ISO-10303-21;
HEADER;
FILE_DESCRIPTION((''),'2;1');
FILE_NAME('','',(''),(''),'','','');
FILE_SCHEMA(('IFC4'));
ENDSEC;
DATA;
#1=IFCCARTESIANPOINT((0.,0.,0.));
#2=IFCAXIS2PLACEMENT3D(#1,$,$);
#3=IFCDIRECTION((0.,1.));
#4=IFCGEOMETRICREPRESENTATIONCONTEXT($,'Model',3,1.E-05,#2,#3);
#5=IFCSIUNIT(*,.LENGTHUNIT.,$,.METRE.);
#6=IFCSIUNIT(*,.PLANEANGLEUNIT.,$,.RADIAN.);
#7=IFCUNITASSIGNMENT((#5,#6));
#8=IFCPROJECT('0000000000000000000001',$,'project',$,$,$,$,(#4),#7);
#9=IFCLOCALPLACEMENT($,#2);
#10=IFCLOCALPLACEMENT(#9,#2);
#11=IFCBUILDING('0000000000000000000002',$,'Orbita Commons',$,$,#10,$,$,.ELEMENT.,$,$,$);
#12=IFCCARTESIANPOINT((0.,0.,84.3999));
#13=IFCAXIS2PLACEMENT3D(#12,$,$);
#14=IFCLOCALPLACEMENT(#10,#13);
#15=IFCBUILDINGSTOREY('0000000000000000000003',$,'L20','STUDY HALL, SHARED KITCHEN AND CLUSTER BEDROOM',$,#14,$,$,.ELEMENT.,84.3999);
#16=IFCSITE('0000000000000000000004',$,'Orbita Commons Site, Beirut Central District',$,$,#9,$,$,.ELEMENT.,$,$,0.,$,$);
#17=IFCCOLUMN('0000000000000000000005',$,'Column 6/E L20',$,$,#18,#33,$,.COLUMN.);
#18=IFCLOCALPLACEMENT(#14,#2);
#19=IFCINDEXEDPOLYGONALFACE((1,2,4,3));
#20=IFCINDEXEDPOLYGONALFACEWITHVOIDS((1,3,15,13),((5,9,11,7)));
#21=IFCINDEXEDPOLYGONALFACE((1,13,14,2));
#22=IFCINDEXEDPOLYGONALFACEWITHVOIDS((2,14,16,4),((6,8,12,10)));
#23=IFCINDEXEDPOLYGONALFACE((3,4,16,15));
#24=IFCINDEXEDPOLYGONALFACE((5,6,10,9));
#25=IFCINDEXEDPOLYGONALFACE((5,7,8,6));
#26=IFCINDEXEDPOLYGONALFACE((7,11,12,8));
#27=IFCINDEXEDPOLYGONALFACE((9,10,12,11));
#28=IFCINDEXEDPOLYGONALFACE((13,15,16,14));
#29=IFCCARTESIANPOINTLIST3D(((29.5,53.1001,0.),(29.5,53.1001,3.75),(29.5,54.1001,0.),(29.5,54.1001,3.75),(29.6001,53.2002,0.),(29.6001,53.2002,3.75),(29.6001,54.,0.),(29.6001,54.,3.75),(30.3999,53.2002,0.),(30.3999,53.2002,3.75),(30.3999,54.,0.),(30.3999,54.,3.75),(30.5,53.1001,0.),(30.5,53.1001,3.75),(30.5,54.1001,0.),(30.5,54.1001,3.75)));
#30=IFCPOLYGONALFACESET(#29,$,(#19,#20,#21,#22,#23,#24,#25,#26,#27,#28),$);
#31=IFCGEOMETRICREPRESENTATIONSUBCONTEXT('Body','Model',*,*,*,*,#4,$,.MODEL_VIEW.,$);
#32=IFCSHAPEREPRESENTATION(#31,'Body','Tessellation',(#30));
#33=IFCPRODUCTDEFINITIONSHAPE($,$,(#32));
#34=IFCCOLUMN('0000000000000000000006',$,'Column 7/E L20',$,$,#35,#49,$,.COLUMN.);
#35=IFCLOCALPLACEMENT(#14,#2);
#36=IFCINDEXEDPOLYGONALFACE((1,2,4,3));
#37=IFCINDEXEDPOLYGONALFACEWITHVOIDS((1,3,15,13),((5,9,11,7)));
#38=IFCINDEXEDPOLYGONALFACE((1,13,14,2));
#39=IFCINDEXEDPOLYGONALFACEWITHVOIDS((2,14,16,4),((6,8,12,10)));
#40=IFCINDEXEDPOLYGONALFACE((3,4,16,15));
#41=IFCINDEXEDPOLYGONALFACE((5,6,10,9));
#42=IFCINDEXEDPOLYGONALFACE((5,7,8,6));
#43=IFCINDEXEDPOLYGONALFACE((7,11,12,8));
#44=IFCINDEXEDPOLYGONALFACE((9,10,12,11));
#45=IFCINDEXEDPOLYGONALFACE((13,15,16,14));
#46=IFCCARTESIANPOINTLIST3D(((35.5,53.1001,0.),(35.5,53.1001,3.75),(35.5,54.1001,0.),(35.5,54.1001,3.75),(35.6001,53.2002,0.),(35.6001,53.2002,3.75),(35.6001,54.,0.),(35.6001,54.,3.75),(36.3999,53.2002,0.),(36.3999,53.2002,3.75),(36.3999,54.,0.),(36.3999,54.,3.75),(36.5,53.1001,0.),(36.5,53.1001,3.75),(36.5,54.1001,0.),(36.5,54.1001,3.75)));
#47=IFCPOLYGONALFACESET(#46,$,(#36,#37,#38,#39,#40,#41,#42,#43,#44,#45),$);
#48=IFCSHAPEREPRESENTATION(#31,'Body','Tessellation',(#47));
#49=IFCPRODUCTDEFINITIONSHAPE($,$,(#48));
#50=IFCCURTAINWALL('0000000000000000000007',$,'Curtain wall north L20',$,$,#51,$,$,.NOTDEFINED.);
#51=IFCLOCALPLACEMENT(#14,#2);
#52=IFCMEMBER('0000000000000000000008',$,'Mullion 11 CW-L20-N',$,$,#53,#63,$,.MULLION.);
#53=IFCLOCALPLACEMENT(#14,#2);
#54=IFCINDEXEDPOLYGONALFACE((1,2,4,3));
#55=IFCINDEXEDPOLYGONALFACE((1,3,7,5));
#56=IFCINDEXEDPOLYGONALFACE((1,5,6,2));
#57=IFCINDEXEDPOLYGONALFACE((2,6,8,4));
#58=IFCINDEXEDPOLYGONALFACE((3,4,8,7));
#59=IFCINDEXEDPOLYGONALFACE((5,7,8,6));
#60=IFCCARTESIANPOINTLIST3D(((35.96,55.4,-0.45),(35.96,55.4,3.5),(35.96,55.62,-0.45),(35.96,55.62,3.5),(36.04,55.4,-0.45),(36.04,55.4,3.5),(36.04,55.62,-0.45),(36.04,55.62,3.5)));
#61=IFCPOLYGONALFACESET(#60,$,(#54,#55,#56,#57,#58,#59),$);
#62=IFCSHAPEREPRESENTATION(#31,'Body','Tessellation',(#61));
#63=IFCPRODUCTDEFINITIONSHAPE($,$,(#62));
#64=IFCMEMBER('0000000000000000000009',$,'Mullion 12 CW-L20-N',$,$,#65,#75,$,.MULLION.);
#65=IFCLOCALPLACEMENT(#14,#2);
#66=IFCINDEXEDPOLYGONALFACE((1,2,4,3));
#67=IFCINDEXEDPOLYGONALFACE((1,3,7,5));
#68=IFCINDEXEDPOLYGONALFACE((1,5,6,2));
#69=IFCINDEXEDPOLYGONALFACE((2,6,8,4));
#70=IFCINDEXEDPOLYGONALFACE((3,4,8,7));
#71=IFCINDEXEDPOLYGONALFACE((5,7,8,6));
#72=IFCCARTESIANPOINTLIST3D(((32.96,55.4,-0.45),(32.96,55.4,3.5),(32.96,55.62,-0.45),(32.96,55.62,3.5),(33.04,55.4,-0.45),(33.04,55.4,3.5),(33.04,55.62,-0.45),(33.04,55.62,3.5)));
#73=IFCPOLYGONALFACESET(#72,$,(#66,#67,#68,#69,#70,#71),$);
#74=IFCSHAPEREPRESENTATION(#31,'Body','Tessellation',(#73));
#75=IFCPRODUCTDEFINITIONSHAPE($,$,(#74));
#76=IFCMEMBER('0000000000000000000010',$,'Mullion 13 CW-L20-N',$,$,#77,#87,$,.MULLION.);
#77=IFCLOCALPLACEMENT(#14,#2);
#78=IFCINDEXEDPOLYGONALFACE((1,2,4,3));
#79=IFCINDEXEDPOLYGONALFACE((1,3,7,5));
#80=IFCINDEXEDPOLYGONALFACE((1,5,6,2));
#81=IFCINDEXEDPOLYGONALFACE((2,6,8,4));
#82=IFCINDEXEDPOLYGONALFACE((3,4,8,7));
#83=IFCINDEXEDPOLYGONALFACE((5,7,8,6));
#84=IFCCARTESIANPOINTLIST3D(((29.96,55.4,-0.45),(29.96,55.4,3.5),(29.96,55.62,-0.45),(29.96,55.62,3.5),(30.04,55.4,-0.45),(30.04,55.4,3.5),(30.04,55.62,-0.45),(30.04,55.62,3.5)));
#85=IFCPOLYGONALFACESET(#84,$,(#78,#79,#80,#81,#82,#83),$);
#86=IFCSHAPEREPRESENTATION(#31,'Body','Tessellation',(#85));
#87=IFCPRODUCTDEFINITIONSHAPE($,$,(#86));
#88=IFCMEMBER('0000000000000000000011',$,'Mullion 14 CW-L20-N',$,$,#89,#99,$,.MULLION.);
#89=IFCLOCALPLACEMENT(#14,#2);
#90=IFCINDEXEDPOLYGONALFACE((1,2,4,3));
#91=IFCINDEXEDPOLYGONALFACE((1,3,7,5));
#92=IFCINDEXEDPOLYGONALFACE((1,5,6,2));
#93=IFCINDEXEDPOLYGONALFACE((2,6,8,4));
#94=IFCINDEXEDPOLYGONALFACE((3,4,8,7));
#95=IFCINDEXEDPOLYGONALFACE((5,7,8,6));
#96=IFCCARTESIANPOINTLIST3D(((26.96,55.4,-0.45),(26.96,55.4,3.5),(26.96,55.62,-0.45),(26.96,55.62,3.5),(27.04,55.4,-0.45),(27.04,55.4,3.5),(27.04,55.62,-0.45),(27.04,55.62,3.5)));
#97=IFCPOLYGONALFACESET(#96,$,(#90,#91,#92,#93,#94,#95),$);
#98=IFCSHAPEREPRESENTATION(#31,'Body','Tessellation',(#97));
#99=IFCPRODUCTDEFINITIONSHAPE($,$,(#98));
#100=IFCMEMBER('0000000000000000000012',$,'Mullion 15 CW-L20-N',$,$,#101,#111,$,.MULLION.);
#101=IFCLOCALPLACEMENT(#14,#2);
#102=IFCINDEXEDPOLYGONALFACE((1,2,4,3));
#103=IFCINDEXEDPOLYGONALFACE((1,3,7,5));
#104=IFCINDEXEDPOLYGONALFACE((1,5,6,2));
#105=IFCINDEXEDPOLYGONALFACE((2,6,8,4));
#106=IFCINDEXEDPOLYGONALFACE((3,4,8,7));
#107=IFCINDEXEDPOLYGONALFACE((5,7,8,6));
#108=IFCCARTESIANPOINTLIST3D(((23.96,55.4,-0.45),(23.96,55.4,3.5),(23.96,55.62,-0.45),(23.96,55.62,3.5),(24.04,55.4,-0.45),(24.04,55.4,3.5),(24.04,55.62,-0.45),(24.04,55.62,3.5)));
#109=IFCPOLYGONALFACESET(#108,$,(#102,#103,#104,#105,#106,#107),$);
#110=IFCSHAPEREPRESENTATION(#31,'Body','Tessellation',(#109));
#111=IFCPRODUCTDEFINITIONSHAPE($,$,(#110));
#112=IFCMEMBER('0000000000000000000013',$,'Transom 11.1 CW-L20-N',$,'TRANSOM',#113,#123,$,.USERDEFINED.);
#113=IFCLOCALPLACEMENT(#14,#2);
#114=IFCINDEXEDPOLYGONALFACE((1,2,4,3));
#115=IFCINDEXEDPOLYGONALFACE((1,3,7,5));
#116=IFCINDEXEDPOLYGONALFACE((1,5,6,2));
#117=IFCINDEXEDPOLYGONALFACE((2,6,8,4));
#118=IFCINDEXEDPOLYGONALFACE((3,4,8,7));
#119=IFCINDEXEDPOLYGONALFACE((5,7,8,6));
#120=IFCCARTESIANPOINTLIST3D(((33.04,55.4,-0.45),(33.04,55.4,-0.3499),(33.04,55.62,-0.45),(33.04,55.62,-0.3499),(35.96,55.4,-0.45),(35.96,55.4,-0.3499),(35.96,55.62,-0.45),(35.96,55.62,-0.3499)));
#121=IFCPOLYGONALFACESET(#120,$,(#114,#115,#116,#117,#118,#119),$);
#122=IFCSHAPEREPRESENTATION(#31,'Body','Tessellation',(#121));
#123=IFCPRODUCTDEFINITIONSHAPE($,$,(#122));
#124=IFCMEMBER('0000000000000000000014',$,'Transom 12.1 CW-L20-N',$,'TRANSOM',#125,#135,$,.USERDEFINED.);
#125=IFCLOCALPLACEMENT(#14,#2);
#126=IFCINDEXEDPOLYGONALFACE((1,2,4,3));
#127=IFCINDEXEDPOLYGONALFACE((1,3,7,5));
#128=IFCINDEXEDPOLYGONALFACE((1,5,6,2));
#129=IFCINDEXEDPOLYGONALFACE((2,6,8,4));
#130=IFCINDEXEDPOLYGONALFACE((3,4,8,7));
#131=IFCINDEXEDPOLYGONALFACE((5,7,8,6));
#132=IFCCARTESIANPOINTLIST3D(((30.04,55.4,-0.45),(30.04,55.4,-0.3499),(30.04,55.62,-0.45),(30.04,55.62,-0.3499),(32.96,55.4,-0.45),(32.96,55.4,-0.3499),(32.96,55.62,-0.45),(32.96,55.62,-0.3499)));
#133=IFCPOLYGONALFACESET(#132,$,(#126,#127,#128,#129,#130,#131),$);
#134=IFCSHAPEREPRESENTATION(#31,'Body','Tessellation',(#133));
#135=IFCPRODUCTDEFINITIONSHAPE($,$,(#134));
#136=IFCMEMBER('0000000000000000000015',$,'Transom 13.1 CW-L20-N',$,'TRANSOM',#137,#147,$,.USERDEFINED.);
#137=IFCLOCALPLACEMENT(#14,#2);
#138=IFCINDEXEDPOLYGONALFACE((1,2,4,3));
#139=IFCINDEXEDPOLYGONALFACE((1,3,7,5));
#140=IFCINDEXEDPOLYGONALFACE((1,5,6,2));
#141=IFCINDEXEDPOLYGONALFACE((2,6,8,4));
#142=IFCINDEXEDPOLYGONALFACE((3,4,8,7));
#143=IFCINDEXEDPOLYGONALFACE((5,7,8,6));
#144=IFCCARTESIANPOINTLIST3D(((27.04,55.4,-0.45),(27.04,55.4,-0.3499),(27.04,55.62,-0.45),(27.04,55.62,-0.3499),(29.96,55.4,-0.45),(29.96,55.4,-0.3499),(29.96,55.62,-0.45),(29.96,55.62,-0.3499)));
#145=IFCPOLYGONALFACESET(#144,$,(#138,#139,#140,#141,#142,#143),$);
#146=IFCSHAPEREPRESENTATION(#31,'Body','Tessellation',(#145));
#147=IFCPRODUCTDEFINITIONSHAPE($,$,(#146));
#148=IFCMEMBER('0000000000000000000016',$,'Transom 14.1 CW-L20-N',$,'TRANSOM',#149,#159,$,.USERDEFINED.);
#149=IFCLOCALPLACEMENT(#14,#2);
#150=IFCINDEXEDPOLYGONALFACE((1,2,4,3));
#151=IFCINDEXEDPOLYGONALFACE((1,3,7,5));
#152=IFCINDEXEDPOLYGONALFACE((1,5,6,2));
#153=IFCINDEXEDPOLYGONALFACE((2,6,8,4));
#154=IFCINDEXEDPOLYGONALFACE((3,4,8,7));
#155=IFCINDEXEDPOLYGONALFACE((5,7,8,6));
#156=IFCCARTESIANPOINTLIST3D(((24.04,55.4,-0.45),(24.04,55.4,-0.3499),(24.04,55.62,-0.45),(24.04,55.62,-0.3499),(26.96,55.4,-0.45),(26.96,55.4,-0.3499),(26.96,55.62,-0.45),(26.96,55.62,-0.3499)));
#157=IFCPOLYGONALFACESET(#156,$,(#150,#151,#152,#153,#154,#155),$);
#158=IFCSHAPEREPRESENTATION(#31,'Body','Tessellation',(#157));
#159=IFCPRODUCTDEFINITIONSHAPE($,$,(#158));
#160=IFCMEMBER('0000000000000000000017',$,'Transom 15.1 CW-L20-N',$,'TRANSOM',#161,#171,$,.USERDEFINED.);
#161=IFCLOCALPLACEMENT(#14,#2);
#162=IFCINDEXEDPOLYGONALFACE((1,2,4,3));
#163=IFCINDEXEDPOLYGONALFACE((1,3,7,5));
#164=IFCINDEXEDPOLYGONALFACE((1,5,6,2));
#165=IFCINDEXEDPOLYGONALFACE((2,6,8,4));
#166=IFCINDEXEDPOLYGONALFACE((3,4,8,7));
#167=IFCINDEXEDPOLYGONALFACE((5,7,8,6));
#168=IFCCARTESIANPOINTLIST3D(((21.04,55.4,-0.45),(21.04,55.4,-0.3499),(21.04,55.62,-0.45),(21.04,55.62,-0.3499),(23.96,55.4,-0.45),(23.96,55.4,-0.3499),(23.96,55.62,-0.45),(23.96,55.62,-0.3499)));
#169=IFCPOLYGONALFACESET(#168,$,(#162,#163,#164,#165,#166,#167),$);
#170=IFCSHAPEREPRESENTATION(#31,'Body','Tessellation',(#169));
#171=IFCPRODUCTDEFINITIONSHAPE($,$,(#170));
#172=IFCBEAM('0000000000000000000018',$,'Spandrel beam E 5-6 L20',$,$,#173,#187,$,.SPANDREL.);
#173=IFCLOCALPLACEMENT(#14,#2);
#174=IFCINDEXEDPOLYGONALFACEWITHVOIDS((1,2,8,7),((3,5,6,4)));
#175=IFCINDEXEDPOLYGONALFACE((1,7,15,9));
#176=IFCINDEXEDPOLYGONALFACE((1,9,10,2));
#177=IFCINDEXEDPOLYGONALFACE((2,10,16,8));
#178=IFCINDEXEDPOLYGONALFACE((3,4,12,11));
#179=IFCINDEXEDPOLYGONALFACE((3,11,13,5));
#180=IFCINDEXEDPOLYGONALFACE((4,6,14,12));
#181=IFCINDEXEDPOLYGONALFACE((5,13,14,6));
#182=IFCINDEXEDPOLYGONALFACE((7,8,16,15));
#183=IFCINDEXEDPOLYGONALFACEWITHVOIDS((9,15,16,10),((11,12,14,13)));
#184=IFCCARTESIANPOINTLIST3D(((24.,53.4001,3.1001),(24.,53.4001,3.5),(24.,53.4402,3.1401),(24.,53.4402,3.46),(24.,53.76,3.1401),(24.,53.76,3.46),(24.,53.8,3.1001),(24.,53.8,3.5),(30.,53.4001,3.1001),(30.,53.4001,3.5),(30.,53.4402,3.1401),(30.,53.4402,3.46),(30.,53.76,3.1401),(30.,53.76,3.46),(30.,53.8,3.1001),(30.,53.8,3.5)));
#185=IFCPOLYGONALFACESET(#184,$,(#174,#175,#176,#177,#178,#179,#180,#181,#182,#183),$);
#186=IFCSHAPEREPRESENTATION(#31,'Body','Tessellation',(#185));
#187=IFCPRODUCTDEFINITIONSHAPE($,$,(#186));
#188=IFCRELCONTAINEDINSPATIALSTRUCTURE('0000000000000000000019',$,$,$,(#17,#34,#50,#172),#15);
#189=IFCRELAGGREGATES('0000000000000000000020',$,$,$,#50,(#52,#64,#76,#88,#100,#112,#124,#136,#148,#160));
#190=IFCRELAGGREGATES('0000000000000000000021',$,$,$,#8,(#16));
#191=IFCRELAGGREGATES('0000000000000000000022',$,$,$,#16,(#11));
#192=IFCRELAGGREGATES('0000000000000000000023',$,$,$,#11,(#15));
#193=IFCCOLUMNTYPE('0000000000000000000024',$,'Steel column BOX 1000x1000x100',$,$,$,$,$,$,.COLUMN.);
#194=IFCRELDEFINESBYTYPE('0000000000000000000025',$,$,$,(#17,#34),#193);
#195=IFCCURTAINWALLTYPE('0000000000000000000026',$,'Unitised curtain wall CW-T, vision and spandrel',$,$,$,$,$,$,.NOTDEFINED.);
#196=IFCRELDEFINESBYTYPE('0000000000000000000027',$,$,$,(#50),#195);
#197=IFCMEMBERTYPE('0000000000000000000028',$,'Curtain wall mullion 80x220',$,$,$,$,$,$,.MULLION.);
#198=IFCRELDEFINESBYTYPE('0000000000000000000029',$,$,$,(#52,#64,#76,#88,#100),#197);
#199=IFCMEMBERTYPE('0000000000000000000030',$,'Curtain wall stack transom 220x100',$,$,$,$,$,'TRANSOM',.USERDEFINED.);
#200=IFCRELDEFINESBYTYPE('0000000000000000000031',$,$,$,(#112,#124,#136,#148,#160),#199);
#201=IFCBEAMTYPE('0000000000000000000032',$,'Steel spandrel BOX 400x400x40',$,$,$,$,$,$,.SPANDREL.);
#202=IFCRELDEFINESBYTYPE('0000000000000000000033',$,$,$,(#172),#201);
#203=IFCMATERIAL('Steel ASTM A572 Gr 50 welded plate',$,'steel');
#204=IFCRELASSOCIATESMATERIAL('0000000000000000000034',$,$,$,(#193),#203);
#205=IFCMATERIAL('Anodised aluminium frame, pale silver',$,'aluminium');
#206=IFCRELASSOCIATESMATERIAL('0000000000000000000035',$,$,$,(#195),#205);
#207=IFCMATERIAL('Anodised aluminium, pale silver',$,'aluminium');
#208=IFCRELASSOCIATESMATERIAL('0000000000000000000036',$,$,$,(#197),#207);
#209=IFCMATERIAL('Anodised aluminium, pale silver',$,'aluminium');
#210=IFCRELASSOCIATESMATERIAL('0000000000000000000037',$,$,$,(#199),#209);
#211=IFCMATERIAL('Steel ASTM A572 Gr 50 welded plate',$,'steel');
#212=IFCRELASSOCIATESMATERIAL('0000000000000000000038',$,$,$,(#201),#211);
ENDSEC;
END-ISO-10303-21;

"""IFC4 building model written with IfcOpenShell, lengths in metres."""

from ifc_helpers import new_model, si_unit, direction, frame, origin, origin_2d, place, context, subcontext, project, spatial, rectangle, hollow_rectangle, extrude, material, material_profile, profile_set, type_object, element, aggregate, save


model = new_model("IFC4")

# Units and contexts
model_context = context("Model", 3, precision=1e-05, world=origin(), true_north=direction((0.0, 1.0)))
body_context = subcontext(model_context, "Body", "Model", "MODEL_VIEW")
ifc_project = project(units=[si_unit("LENGTHUNIT", "METRE"), si_unit("PLANEANGLEUNIT", "RADIAN")], contexts=[model_context])

# Site, building, storey
site_placement = place(None, origin())
site = spatial("IfcSite", under=ifc_project, at=site_placement, Name="Orbita Commons Site, Beirut Central District", CompositionType="ELEMENT", RefElevation=0.0)
building_placement = place(site_placement, origin())
building = spatial("IfcBuilding", under=site, at=building_placement, Name="Orbita Commons", CompositionType="ELEMENT")
storey_placement = place(building_placement, frame((0.0, 0.0, 84.3999)))
storey = spatial("IfcBuildingStorey", under=building, at=storey_placement, Name="L20", Description="STUDY HALL, SHARED KITCHEN AND CLUSTER BEDROOM", CompositionType="ELEMENT", Elevation=84.3999)

# Columns
ifc_material_1 = material(Name="Steel ASTM A572 Gr 50 welded plate", Category="steel")
ifc_material_profile_1 = material_profile(ifc_material_1, hollow_rectangle(XDim=1.0, YDim=1.0, WallThickness=0.1001, at=origin_2d()), Name="BOX 1000x1000x100")
ifc_profile_set_1 = profile_set([ifc_material_profile_1], Name="Steel ASTM A572 Gr 50 welded plate")
column_type = type_object("IfcColumnType", Name="Steel column BOX 1000x1000x100", PredefinedType="COLUMN", material=ifc_profile_set_1)
for number, where, z_axis, x_axis, name in (
    (1, (30.0, 53.6001, 0.0), (0.0, 0.0, 1.0), (1.0, 0.0, 0.0), "Column 6/E L20"),
    (2, (36.0, 53.6001, 0.0), (0.0, 0.0, 1.0), (1.0, 0.0, 0.0), "Column 7/E L20"),
):
    element("IfcColumn", number, at=place(storey_placement, frame(where, z_axis=z_axis, x_axis=x_axis)), inside=storey, type_object=column_type, Name=name, PredefinedType="COLUMN", context=body_context, shape_type="SweptSolid", body=[
        extrude(hollow_rectangle(XDim=1.0, YDim=1.0, WallThickness=0.1001, at=origin_2d()), origin(), (0.0, 0.0, 1.0), 3.75),
    ])

# Curtain wall, members
ifc_material_2 = material(Name="Anodised aluminium frame, pale silver", Category="aluminium")
curtain_wall_type = type_object("IfcCurtainWallType", Name="Unitised curtain wall CW-T, vision and spandrel", PredefinedType="NOTDEFINED", material=ifc_material_2)
curtain_wall_placement = place(storey_placement, origin())
curtain_wall = element("IfcCurtainWall", 3, at=curtain_wall_placement, inside=storey, type_object=curtain_wall_type, Name="Curtain wall north L20", PredefinedType="NOTDEFINED")
ifc_material_3 = material(Name="Anodised aluminium, pale silver", Category="aluminium")
ifc_material_profile_2 = material_profile(ifc_material_3, rectangle(XDim=0.0801, YDim=0.22, at=origin_2d()), Name="AL 80x220")
ifc_profile_set_2 = profile_set([ifc_material_profile_2], Name="Anodised aluminium, pale silver")
member_type_1 = type_object("IfcMemberType", Name="Curtain wall mullion 80x220", PredefinedType="MULLION", material=ifc_profile_set_2)
member_1_placement = place(storey_placement, frame((36.0, 55.51, -0.45), z_axis=(0.0, 0.0, 1.0), x_axis=(-1.0, 0.0, 0.0)))
member_1 = element("IfcMember", 4, at=member_1_placement, type_object=member_type_1, Name="Mullion 11 CW-L20-N", PredefinedType="MULLION", context=body_context, shape_type="SweptSolid", body=[
    extrude(rectangle(XDim=0.0801, YDim=0.22, at=origin_2d()), origin(), (0.0, 0.0, 1.0), 3.95),
])
member_2_placement = place(storey_placement, frame((33.0, 55.51, -0.45), z_axis=(0.0, 0.0, 1.0), x_axis=(-1.0, 0.0, 0.0)))
member_2 = element("IfcMember", 5, at=member_2_placement, type_object=member_type_1, Name="Mullion 12 CW-L20-N", PredefinedType="MULLION", context=body_context, shape_type="SweptSolid", body=[
    extrude(rectangle(XDim=0.0801, YDim=0.22, at=origin_2d()), origin(), (0.0, 0.0, 1.0), 3.95),
])
member_3_placement = place(storey_placement, frame((30.0, 55.51, -0.45), z_axis=(0.0, 0.0, 1.0), x_axis=(-1.0, 0.0, 0.0)))
member_3 = element("IfcMember", 6, at=member_3_placement, type_object=member_type_1, Name="Mullion 13 CW-L20-N", PredefinedType="MULLION", context=body_context, shape_type="SweptSolid", body=[
    extrude(rectangle(XDim=0.0801, YDim=0.22, at=origin_2d()), origin(), (0.0, 0.0, 1.0), 3.95),
])
member_4_placement = place(storey_placement, frame((27.0, 55.51, -0.45), z_axis=(0.0, 0.0, 1.0), x_axis=(-1.0, 0.0, 0.0)))
member_4 = element("IfcMember", 7, at=member_4_placement, type_object=member_type_1, Name="Mullion 14 CW-L20-N", PredefinedType="MULLION", context=body_context, shape_type="SweptSolid", body=[
    extrude(rectangle(XDim=0.0801, YDim=0.22, at=origin_2d()), origin(), (0.0, 0.0, 1.0), 3.95),
])
member_5_placement = place(storey_placement, frame((24.0, 55.51, -0.45), z_axis=(0.0, 0.0, 1.0), x_axis=(-1.0, 0.0, 0.0)))
member_5 = element("IfcMember", 8, at=member_5_placement, type_object=member_type_1, Name="Mullion 15 CW-L20-N", PredefinedType="MULLION", context=body_context, shape_type="SweptSolid", body=[
    extrude(rectangle(XDim=0.0801, YDim=0.22, at=origin_2d()), origin(), (0.0, 0.0, 1.0), 3.95),
])
ifc_material_4 = material(Name="Anodised aluminium, pale silver", Category="aluminium")
ifc_material_profile_3 = material_profile(ifc_material_4, rectangle(XDim=0.22, YDim=0.1001, at=origin_2d()), Name="AL 220x100")
ifc_profile_set_3 = profile_set([ifc_material_profile_3], Name="Anodised aluminium, pale silver")
member_type_2 = type_object("IfcMemberType", Name="Curtain wall stack transom 220x100", ElementType="TRANSOM", PredefinedType="USERDEFINED", material=ifc_profile_set_3)
member_6_placement = place(storey_placement, frame((35.96, 55.51, -0.3999), z_axis=(-1.0, 0.0, 0.0), x_axis=(0.0, -1.0, 0.0)))
member_6 = element("IfcMember", 9, at=member_6_placement, type_object=member_type_2, Name="Transom 11.1 CW-L20-N", ObjectType="TRANSOM", PredefinedType="USERDEFINED", context=body_context, shape_type="SweptSolid", body=[
    extrude(rectangle(XDim=0.22, YDim=0.1001, at=origin_2d()), origin(), (0.0, 0.0, 1.0), 2.9199),
])
member_7_placement = place(storey_placement, frame((32.96, 55.51, -0.3999), z_axis=(-1.0, 0.0, 0.0), x_axis=(0.0, -1.0, 0.0)))
member_7 = element("IfcMember", 10, at=member_7_placement, type_object=member_type_2, Name="Transom 12.1 CW-L20-N", ObjectType="TRANSOM", PredefinedType="USERDEFINED", context=body_context, shape_type="SweptSolid", body=[
    extrude(rectangle(XDim=0.22, YDim=0.1001, at=origin_2d()), origin(), (0.0, 0.0, 1.0), 2.9199),
])
member_8_placement = place(storey_placement, frame((29.96, 55.51, -0.3999), z_axis=(-1.0, 0.0, 0.0), x_axis=(0.0, -1.0, 0.0)))
member_8 = element("IfcMember", 11, at=member_8_placement, type_object=member_type_2, Name="Transom 13.1 CW-L20-N", ObjectType="TRANSOM", PredefinedType="USERDEFINED", context=body_context, shape_type="SweptSolid", body=[
    extrude(rectangle(XDim=0.22, YDim=0.1001, at=origin_2d()), origin(), (0.0, 0.0, 1.0), 2.9199),
])
member_9_placement = place(storey_placement, frame((26.96, 55.51, -0.3999), z_axis=(-1.0, 0.0, 0.0), x_axis=(0.0, -1.0, 0.0)))
member_9 = element("IfcMember", 12, at=member_9_placement, type_object=member_type_2, Name="Transom 14.1 CW-L20-N", ObjectType="TRANSOM", PredefinedType="USERDEFINED", context=body_context, shape_type="SweptSolid", body=[
    extrude(rectangle(XDim=0.22, YDim=0.1001, at=origin_2d()), origin(), (0.0, 0.0, 1.0), 2.9199),
])
member_10_placement = place(storey_placement, frame((23.96, 55.51, -0.3999), z_axis=(-1.0, 0.0, 0.0), x_axis=(0.0, -1.0, 0.0)))
member_10 = element("IfcMember", 13, at=member_10_placement, type_object=member_type_2, Name="Transom 15.1 CW-L20-N", ObjectType="TRANSOM", PredefinedType="USERDEFINED", context=body_context, shape_type="SweptSolid", body=[
    extrude(rectangle(XDim=0.22, YDim=0.1001, at=origin_2d()), origin(), (0.0, 0.0, 1.0), 2.9199),
])

# Beam
ifc_material_5 = material(Name="Steel ASTM A572 Gr 50 welded plate", Category="steel")
ifc_material_profile_4 = material_profile(ifc_material_5, hollow_rectangle(XDim=0.3999, YDim=0.3999, WallThickness=0.04, at=origin_2d()), Name="BOX 400x400x40")
ifc_profile_set_4 = profile_set([ifc_material_profile_4], Name="Steel ASTM A572 Gr 50 welded plate")
beam_type = type_object("IfcBeamType", Name="Steel spandrel BOX 400x400x40", PredefinedType="SPANDREL", material=ifc_profile_set_4)
for number, where, z_axis, x_axis, name in (
    (14, (24.0, 53.6001, 3.3), (1.0, 0.0, 0.0), (0.0, 1.0, 0.0), "Spandrel beam E 5-6 L20"),
):
    element("IfcBeam", number, at=place(storey_placement, frame(where, z_axis=z_axis, x_axis=x_axis)), inside=storey, type_object=beam_type, Name=name, PredefinedType="SPANDREL", context=body_context, shape_type="SweptSolid", body=[
        extrude(hollow_rectangle(XDim=0.3999, YDim=0.3999, WallThickness=0.04, at=origin_2d()), origin(), (0.0, 0.0, 1.0), 6.0),
    ])

aggregate(curtain_wall, [member_1, member_2, member_3, member_4, member_5, member_6, member_7, member_8, member_9, member_10])

save(model, "model.ifc")
